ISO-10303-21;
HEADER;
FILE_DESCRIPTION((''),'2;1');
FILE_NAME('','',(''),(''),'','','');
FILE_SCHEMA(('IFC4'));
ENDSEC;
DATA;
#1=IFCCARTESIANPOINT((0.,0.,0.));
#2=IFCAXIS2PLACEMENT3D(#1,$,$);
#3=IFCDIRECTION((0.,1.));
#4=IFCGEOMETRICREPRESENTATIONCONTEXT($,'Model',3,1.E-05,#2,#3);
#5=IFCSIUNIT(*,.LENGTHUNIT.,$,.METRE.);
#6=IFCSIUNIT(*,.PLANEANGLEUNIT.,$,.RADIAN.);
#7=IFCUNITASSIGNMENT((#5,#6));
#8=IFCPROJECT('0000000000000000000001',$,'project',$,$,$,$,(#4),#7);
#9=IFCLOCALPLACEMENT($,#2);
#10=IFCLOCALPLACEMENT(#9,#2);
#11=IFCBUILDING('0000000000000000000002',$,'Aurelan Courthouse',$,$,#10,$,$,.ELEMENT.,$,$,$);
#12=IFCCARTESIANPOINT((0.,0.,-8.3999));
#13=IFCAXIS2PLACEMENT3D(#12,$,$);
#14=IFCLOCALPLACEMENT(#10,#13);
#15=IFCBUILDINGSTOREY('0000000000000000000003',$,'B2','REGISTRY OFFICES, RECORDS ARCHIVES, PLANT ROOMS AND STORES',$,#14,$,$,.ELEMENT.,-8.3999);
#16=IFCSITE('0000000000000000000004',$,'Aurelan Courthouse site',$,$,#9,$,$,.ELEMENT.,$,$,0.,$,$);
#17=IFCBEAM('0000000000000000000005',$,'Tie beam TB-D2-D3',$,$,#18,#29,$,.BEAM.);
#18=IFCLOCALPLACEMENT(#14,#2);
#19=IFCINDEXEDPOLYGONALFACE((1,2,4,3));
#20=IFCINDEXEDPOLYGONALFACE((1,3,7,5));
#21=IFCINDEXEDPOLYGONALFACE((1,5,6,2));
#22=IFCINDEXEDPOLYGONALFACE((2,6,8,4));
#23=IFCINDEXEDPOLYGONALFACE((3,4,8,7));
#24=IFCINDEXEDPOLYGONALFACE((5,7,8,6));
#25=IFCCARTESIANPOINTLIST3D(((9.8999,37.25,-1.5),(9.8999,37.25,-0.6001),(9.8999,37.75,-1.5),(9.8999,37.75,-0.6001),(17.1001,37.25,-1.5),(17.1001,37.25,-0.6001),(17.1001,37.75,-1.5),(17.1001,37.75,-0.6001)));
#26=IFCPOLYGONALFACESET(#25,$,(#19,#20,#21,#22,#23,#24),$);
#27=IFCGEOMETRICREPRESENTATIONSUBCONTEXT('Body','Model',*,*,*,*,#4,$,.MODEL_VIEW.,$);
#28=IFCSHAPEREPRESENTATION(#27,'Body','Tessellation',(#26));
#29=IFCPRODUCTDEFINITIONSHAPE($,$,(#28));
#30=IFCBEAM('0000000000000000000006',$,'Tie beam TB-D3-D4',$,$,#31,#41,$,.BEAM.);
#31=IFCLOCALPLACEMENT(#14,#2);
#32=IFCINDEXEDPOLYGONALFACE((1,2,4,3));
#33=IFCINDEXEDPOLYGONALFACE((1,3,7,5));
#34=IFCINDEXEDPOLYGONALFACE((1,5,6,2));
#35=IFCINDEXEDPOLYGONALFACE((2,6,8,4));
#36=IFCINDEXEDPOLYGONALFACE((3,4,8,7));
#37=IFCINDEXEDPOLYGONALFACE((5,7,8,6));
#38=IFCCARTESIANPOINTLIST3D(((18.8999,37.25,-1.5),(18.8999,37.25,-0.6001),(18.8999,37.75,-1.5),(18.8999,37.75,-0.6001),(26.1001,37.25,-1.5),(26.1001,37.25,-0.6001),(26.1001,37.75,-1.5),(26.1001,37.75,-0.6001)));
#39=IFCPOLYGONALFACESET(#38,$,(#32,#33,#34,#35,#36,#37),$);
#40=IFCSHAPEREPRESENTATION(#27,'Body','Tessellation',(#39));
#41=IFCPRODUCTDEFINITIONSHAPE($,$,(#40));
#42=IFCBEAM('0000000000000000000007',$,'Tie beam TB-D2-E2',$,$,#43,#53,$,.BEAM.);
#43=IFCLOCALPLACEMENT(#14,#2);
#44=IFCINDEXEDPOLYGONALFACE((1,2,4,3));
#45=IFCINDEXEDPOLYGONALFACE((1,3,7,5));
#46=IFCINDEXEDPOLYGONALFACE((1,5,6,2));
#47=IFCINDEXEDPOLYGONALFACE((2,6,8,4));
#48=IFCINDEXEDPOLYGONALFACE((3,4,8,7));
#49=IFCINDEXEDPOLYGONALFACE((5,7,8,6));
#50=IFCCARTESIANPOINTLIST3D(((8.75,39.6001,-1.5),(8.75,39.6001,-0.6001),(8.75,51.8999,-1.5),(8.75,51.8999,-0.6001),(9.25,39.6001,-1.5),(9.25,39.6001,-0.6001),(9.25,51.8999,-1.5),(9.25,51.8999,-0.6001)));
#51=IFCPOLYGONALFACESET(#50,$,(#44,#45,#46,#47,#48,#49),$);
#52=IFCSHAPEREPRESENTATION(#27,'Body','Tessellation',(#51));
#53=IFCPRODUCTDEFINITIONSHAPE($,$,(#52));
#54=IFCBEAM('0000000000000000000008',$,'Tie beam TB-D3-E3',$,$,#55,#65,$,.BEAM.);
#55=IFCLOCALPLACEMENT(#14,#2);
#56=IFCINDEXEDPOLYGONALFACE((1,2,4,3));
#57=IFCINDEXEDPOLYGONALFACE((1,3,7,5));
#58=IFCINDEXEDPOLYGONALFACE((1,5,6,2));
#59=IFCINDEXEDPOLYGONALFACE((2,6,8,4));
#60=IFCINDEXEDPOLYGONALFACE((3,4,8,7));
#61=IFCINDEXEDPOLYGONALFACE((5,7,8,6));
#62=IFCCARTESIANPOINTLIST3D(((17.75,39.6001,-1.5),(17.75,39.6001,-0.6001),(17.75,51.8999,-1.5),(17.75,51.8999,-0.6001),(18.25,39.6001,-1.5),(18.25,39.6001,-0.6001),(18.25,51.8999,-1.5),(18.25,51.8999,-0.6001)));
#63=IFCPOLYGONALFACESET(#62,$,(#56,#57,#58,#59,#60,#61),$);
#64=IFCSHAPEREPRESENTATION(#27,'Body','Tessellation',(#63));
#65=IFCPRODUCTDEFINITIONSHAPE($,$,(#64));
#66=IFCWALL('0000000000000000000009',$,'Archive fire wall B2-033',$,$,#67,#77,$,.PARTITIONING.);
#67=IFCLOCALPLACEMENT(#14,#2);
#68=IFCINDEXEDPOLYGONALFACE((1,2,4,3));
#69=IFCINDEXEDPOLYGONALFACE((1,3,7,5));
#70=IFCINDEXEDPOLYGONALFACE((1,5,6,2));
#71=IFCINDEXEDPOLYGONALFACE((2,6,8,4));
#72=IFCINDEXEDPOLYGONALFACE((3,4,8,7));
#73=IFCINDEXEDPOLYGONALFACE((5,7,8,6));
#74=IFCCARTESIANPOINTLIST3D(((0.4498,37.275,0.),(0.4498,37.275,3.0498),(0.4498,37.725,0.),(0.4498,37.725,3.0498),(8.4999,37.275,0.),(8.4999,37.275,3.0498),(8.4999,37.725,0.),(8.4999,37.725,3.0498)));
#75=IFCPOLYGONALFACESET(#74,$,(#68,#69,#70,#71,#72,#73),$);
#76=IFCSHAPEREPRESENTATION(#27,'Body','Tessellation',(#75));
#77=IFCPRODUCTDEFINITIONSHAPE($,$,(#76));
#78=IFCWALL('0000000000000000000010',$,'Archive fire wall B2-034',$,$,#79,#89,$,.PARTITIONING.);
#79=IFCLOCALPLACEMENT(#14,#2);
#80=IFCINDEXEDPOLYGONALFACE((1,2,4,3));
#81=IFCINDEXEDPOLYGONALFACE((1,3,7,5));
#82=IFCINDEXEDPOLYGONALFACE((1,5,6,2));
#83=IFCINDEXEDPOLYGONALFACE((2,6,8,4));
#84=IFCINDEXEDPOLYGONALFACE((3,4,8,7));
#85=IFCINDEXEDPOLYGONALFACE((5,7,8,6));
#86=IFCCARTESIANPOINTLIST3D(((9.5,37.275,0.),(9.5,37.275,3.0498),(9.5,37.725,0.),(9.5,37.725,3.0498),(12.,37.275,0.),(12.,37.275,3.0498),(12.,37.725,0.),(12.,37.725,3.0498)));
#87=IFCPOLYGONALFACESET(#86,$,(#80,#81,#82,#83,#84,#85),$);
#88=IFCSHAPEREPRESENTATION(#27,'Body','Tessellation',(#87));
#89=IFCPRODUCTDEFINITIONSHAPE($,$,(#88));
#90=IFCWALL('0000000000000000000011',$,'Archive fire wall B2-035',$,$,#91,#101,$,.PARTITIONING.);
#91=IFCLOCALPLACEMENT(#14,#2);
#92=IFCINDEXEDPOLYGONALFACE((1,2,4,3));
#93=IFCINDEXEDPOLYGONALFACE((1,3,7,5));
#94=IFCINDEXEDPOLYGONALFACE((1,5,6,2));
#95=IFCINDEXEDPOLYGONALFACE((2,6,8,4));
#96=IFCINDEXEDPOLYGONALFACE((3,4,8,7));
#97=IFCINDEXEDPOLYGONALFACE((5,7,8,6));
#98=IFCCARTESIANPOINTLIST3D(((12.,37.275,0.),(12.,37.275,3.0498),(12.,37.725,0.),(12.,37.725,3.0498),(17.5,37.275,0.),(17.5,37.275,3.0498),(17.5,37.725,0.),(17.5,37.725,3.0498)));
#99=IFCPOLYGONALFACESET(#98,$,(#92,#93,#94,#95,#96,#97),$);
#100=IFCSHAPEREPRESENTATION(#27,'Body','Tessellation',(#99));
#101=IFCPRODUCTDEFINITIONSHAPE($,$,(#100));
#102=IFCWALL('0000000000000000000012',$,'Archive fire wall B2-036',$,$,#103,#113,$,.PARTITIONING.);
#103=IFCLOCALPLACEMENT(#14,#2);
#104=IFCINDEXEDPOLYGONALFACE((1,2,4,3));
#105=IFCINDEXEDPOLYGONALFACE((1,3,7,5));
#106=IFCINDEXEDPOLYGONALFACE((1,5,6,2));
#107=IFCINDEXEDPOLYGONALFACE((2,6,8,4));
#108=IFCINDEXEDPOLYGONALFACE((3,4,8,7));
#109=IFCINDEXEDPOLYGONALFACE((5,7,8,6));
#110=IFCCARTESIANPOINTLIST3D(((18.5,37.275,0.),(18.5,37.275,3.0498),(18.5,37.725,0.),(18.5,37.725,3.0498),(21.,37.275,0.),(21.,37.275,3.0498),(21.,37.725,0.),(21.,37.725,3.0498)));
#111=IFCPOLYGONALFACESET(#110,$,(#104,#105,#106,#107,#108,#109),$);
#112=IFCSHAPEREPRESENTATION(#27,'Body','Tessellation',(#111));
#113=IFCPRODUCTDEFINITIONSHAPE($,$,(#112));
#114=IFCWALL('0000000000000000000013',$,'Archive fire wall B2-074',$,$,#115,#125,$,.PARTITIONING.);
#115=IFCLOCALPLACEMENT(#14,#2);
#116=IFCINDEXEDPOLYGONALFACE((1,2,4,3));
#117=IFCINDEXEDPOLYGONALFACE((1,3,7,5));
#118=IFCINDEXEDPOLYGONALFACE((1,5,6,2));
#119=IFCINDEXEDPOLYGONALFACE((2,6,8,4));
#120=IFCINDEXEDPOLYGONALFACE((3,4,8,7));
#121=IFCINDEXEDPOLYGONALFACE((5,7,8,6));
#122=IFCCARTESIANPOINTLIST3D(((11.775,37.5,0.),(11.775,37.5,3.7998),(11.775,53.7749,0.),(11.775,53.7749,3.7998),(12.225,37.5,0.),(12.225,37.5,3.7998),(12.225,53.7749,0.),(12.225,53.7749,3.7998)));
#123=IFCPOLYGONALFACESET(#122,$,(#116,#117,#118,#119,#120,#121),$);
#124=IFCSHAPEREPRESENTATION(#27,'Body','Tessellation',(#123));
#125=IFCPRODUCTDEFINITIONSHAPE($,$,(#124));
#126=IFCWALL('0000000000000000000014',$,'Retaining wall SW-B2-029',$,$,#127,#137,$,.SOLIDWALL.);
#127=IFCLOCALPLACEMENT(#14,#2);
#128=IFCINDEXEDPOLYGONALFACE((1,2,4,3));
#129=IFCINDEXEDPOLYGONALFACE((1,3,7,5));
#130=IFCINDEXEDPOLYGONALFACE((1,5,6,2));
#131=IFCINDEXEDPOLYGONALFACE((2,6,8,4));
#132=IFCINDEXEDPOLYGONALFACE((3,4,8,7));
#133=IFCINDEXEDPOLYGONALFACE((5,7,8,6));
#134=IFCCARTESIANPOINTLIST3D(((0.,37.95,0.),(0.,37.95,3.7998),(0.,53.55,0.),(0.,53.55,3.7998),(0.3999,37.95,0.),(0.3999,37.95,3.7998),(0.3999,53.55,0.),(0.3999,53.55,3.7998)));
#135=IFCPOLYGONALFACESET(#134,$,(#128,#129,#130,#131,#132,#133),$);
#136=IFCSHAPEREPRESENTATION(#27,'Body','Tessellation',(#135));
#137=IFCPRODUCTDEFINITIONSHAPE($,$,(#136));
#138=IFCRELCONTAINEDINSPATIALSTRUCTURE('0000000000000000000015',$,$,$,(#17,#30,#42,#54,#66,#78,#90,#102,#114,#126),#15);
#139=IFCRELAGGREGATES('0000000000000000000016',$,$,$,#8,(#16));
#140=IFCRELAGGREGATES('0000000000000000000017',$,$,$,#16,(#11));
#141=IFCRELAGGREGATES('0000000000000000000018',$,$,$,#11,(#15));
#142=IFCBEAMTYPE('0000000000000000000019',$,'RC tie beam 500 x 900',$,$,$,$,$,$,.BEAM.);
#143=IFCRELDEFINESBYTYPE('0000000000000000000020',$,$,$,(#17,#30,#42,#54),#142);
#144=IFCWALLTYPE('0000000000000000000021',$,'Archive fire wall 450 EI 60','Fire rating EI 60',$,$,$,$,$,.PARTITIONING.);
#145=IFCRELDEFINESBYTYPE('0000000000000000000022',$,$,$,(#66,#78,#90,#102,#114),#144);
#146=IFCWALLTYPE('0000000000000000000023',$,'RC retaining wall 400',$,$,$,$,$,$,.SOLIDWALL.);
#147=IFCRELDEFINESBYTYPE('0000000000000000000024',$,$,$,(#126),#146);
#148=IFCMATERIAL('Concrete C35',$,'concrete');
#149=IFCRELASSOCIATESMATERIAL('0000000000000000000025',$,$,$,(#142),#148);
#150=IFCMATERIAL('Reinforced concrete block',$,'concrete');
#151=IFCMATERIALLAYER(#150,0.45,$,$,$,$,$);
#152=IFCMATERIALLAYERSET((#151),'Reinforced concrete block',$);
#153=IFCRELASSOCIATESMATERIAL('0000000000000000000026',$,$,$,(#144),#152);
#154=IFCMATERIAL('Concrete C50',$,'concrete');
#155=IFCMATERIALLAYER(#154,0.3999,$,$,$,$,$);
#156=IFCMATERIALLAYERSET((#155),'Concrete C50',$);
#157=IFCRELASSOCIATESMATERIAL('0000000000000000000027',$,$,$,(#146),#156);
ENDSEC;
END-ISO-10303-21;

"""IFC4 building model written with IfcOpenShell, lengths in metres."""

from ifc_helpers import new_model, si_unit, direction, frame, frame_2d, origin, origin_2d, place, context, subcontext, project, spatial, rectangle, extrude, material, layer, layer_set, material_profile, profile_set, type_object, element, save


model = new_model("IFC4")

# Units and contexts
model_context = context("Model", 3, precision=1e-05, world=origin(), true_north=direction((0.0, 1.0)))
body_context = subcontext(model_context, "Body", "Model", "MODEL_VIEW")
ifc_project = project(units=[si_unit("LENGTHUNIT", "METRE"), si_unit("PLANEANGLEUNIT", "RADIAN")], contexts=[model_context])

# Site, building, storey
site_placement = place(None, origin())
site = spatial("IfcSite", under=ifc_project, at=site_placement, Name="Aurelan Courthouse site", CompositionType="ELEMENT", RefElevation=0.0)
building_placement = place(site_placement, origin())
building = spatial("IfcBuilding", under=site, at=building_placement, Name="Aurelan Courthouse", CompositionType="ELEMENT")
storey_placement = place(building_placement, frame((0.0, 0.0, -8.3999)))
storey = spatial("IfcBuildingStorey", under=building, at=storey_placement, Name="B2", Description="REGISTRY OFFICES, RECORDS ARCHIVES, PLANT ROOMS AND STORES", CompositionType="ELEMENT", Elevation=-8.3999)

# Shared definitions
ifc_material_1 = material(Name="Concrete C35", Category="concrete")

# Shared definitions
ifc_material_2 = material(Name="Concrete C50", Category="concrete")

# Beams
ifc_material_profile_1 = material_profile(ifc_material_1, rectangle(XDim=0.5, YDim=0.8999, at=origin_2d()), Name="RC 500 x 900")
ifc_profile_set_1 = profile_set([ifc_material_profile_1], Name="Concrete C35")
beam_type = type_object("IfcBeamType", Name="RC tie beam 500 x 900", PredefinedType="BEAM", material=ifc_profile_set_1)
for number, where, z_axis, x_axis, name in (
    (1, (9.8999, 37.5, -1.05), (1.0, 0.0, 0.0), (0.0, 1.0, 0.0), "Tie beam TB-D2-D3"),
    (2, (18.8999, 37.5, -1.05), (1.0, 0.0, 0.0), (0.0, 1.0, 0.0), "Tie beam TB-D3-D4"),
):
    element("IfcBeam", number, at=place(storey_placement, frame(where, z_axis=z_axis, x_axis=x_axis)), inside=storey, type_object=beam_type, Name=name, PredefinedType="BEAM", context=body_context, shape_type="SweptSolid", body=[
        extrude(rectangle(XDim=0.5, YDim=0.8999, at=origin_2d()), origin(), (0.0, 0.0, 1.0), 7.2002),
    ])
for number, where, z_axis, x_axis, name in (
    (3, (9.0, 39.6001, -1.05), (0.0, 1.0, 0.0), (-1.0, 0.0, 0.0), "Tie beam TB-D2-E2"),
    (4, (18.0, 39.6001, -1.05), (0.0, 1.0, 0.0), (-1.0, 0.0, 0.0), "Tie beam TB-D3-E3"),
):
    element("IfcBeam", number, at=place(storey_placement, frame(where, z_axis=z_axis, x_axis=x_axis)), inside=storey, type_object=beam_type, Name=name, PredefinedType="BEAM", context=body_context, shape_type="SweptSolid", body=[
        extrude(rectangle(XDim=0.5, YDim=0.8999, at=origin_2d()), origin(), (0.0, 0.0, 1.0), 12.2998),
    ])

# Walls
ifc_material_3 = material(Name="Reinforced concrete block", Category="concrete")
ifc_layer_1 = layer(ifc_material_3, 0.45)
ifc_layer_set_1 = layer_set([ifc_layer_1], Name="Reinforced concrete block")
wall_type_1 = type_object("IfcWallType", Name="Archive fire wall 450 EI 60", Description="Fire rating EI 60", PredefinedType="PARTITIONING", material=ifc_layer_set_1)
wall_1_placement = place(storey_placement, frame((0.45, 37.5, 0.0), z_axis=(0.0, 0.0, 1.0), x_axis=(1.0, 0.0, 0.0)))
element("IfcWall", 5, at=wall_1_placement, inside=storey, type_object=wall_type_1, Name="Archive fire wall B2-033", PredefinedType="PARTITIONING", context=body_context, shape_type="SweptSolid", body=[
    extrude(rectangle(XDim=8.05, YDim=0.45, at=frame_2d((4.0249, 0.0))), origin(), (0.0, 0.0, 1.0), 3.0498),
])
wall_2_placement = place(storey_placement, frame((9.5, 37.5, 0.0), z_axis=(0.0, 0.0, 1.0), x_axis=(1.0, 0.0, 0.0)))
element("IfcWall", 6, at=wall_2_placement, inside=storey, type_object=wall_type_1, Name="Archive fire wall B2-034", PredefinedType="PARTITIONING", context=body_context, shape_type="SweptSolid", body=[
    extrude(rectangle(XDim=2.5, YDim=0.45, at=frame_2d((1.25, 0.0))), origin(), (0.0, 0.0, 1.0), 3.0498),
])
wall_3_placement = place(storey_placement, frame((12.0, 37.5, 0.0), z_axis=(0.0, 0.0, 1.0), x_axis=(1.0, 0.0, 0.0)))
element("IfcWall", 7, at=wall_3_placement, inside=storey, type_object=wall_type_1, Name="Archive fire wall B2-035", PredefinedType="PARTITIONING", context=body_context, shape_type="SweptSolid", body=[
    extrude(rectangle(XDim=5.5, YDim=0.45, at=frame_2d((2.75, 0.0))), origin(), (0.0, 0.0, 1.0), 3.0498),
])
wall_4_placement = place(storey_placement, frame((18.5, 37.5, 0.0), z_axis=(0.0, 0.0, 1.0), x_axis=(1.0, 0.0, 0.0)))
element("IfcWall", 8, at=wall_4_placement, inside=storey, type_object=wall_type_1, Name="Archive fire wall B2-036", PredefinedType="PARTITIONING", context=body_context, shape_type="SweptSolid", body=[
    extrude(rectangle(XDim=2.5, YDim=0.45, at=frame_2d((1.25, 0.0))), origin(), (0.0, 0.0, 1.0), 3.0498),
])
wall_5_placement = place(storey_placement, frame((12.0, 37.5, 0.0), z_axis=(0.0, 0.0, 1.0), x_axis=(0.0, 1.0, 0.0)))
element("IfcWall", 9, at=wall_5_placement, inside=storey, type_object=wall_type_1, Name="Archive fire wall B2-074", PredefinedType="PARTITIONING", context=body_context, shape_type="SweptSolid", body=[
    extrude(rectangle(XDim=16.2749, YDim=0.45, at=frame_2d((8.1375, 0.0))), origin(), (0.0, 0.0, 1.0), 3.7998),
])
ifc_layer_2 = layer(ifc_material_2, 0.3999)
ifc_layer_set_2 = layer_set([ifc_layer_2], Name="Concrete C50")
wall_type_2 = type_object("IfcWallType", Name="RC retaining wall 400", PredefinedType="SOLIDWALL", material=ifc_layer_set_2)
wall_6_placement = place(storey_placement, frame((0.2, 37.95, 0.0), z_axis=(0.0, 0.0, 1.0), x_axis=(0.0, 1.0, 0.0)))
element("IfcWall", 10, at=wall_6_placement, inside=storey, type_object=wall_type_2, Name="Retaining wall SW-B2-029", PredefinedType="SOLIDWALL", context=body_context, shape_type="SweptSolid", body=[
    extrude(rectangle(XDim=15.6001, YDim=0.3999, at=frame_2d((7.8, 0.0))), origin(), (0.0, 0.0, 1.0), 3.7998),
])

save(model, "model.ifc")
